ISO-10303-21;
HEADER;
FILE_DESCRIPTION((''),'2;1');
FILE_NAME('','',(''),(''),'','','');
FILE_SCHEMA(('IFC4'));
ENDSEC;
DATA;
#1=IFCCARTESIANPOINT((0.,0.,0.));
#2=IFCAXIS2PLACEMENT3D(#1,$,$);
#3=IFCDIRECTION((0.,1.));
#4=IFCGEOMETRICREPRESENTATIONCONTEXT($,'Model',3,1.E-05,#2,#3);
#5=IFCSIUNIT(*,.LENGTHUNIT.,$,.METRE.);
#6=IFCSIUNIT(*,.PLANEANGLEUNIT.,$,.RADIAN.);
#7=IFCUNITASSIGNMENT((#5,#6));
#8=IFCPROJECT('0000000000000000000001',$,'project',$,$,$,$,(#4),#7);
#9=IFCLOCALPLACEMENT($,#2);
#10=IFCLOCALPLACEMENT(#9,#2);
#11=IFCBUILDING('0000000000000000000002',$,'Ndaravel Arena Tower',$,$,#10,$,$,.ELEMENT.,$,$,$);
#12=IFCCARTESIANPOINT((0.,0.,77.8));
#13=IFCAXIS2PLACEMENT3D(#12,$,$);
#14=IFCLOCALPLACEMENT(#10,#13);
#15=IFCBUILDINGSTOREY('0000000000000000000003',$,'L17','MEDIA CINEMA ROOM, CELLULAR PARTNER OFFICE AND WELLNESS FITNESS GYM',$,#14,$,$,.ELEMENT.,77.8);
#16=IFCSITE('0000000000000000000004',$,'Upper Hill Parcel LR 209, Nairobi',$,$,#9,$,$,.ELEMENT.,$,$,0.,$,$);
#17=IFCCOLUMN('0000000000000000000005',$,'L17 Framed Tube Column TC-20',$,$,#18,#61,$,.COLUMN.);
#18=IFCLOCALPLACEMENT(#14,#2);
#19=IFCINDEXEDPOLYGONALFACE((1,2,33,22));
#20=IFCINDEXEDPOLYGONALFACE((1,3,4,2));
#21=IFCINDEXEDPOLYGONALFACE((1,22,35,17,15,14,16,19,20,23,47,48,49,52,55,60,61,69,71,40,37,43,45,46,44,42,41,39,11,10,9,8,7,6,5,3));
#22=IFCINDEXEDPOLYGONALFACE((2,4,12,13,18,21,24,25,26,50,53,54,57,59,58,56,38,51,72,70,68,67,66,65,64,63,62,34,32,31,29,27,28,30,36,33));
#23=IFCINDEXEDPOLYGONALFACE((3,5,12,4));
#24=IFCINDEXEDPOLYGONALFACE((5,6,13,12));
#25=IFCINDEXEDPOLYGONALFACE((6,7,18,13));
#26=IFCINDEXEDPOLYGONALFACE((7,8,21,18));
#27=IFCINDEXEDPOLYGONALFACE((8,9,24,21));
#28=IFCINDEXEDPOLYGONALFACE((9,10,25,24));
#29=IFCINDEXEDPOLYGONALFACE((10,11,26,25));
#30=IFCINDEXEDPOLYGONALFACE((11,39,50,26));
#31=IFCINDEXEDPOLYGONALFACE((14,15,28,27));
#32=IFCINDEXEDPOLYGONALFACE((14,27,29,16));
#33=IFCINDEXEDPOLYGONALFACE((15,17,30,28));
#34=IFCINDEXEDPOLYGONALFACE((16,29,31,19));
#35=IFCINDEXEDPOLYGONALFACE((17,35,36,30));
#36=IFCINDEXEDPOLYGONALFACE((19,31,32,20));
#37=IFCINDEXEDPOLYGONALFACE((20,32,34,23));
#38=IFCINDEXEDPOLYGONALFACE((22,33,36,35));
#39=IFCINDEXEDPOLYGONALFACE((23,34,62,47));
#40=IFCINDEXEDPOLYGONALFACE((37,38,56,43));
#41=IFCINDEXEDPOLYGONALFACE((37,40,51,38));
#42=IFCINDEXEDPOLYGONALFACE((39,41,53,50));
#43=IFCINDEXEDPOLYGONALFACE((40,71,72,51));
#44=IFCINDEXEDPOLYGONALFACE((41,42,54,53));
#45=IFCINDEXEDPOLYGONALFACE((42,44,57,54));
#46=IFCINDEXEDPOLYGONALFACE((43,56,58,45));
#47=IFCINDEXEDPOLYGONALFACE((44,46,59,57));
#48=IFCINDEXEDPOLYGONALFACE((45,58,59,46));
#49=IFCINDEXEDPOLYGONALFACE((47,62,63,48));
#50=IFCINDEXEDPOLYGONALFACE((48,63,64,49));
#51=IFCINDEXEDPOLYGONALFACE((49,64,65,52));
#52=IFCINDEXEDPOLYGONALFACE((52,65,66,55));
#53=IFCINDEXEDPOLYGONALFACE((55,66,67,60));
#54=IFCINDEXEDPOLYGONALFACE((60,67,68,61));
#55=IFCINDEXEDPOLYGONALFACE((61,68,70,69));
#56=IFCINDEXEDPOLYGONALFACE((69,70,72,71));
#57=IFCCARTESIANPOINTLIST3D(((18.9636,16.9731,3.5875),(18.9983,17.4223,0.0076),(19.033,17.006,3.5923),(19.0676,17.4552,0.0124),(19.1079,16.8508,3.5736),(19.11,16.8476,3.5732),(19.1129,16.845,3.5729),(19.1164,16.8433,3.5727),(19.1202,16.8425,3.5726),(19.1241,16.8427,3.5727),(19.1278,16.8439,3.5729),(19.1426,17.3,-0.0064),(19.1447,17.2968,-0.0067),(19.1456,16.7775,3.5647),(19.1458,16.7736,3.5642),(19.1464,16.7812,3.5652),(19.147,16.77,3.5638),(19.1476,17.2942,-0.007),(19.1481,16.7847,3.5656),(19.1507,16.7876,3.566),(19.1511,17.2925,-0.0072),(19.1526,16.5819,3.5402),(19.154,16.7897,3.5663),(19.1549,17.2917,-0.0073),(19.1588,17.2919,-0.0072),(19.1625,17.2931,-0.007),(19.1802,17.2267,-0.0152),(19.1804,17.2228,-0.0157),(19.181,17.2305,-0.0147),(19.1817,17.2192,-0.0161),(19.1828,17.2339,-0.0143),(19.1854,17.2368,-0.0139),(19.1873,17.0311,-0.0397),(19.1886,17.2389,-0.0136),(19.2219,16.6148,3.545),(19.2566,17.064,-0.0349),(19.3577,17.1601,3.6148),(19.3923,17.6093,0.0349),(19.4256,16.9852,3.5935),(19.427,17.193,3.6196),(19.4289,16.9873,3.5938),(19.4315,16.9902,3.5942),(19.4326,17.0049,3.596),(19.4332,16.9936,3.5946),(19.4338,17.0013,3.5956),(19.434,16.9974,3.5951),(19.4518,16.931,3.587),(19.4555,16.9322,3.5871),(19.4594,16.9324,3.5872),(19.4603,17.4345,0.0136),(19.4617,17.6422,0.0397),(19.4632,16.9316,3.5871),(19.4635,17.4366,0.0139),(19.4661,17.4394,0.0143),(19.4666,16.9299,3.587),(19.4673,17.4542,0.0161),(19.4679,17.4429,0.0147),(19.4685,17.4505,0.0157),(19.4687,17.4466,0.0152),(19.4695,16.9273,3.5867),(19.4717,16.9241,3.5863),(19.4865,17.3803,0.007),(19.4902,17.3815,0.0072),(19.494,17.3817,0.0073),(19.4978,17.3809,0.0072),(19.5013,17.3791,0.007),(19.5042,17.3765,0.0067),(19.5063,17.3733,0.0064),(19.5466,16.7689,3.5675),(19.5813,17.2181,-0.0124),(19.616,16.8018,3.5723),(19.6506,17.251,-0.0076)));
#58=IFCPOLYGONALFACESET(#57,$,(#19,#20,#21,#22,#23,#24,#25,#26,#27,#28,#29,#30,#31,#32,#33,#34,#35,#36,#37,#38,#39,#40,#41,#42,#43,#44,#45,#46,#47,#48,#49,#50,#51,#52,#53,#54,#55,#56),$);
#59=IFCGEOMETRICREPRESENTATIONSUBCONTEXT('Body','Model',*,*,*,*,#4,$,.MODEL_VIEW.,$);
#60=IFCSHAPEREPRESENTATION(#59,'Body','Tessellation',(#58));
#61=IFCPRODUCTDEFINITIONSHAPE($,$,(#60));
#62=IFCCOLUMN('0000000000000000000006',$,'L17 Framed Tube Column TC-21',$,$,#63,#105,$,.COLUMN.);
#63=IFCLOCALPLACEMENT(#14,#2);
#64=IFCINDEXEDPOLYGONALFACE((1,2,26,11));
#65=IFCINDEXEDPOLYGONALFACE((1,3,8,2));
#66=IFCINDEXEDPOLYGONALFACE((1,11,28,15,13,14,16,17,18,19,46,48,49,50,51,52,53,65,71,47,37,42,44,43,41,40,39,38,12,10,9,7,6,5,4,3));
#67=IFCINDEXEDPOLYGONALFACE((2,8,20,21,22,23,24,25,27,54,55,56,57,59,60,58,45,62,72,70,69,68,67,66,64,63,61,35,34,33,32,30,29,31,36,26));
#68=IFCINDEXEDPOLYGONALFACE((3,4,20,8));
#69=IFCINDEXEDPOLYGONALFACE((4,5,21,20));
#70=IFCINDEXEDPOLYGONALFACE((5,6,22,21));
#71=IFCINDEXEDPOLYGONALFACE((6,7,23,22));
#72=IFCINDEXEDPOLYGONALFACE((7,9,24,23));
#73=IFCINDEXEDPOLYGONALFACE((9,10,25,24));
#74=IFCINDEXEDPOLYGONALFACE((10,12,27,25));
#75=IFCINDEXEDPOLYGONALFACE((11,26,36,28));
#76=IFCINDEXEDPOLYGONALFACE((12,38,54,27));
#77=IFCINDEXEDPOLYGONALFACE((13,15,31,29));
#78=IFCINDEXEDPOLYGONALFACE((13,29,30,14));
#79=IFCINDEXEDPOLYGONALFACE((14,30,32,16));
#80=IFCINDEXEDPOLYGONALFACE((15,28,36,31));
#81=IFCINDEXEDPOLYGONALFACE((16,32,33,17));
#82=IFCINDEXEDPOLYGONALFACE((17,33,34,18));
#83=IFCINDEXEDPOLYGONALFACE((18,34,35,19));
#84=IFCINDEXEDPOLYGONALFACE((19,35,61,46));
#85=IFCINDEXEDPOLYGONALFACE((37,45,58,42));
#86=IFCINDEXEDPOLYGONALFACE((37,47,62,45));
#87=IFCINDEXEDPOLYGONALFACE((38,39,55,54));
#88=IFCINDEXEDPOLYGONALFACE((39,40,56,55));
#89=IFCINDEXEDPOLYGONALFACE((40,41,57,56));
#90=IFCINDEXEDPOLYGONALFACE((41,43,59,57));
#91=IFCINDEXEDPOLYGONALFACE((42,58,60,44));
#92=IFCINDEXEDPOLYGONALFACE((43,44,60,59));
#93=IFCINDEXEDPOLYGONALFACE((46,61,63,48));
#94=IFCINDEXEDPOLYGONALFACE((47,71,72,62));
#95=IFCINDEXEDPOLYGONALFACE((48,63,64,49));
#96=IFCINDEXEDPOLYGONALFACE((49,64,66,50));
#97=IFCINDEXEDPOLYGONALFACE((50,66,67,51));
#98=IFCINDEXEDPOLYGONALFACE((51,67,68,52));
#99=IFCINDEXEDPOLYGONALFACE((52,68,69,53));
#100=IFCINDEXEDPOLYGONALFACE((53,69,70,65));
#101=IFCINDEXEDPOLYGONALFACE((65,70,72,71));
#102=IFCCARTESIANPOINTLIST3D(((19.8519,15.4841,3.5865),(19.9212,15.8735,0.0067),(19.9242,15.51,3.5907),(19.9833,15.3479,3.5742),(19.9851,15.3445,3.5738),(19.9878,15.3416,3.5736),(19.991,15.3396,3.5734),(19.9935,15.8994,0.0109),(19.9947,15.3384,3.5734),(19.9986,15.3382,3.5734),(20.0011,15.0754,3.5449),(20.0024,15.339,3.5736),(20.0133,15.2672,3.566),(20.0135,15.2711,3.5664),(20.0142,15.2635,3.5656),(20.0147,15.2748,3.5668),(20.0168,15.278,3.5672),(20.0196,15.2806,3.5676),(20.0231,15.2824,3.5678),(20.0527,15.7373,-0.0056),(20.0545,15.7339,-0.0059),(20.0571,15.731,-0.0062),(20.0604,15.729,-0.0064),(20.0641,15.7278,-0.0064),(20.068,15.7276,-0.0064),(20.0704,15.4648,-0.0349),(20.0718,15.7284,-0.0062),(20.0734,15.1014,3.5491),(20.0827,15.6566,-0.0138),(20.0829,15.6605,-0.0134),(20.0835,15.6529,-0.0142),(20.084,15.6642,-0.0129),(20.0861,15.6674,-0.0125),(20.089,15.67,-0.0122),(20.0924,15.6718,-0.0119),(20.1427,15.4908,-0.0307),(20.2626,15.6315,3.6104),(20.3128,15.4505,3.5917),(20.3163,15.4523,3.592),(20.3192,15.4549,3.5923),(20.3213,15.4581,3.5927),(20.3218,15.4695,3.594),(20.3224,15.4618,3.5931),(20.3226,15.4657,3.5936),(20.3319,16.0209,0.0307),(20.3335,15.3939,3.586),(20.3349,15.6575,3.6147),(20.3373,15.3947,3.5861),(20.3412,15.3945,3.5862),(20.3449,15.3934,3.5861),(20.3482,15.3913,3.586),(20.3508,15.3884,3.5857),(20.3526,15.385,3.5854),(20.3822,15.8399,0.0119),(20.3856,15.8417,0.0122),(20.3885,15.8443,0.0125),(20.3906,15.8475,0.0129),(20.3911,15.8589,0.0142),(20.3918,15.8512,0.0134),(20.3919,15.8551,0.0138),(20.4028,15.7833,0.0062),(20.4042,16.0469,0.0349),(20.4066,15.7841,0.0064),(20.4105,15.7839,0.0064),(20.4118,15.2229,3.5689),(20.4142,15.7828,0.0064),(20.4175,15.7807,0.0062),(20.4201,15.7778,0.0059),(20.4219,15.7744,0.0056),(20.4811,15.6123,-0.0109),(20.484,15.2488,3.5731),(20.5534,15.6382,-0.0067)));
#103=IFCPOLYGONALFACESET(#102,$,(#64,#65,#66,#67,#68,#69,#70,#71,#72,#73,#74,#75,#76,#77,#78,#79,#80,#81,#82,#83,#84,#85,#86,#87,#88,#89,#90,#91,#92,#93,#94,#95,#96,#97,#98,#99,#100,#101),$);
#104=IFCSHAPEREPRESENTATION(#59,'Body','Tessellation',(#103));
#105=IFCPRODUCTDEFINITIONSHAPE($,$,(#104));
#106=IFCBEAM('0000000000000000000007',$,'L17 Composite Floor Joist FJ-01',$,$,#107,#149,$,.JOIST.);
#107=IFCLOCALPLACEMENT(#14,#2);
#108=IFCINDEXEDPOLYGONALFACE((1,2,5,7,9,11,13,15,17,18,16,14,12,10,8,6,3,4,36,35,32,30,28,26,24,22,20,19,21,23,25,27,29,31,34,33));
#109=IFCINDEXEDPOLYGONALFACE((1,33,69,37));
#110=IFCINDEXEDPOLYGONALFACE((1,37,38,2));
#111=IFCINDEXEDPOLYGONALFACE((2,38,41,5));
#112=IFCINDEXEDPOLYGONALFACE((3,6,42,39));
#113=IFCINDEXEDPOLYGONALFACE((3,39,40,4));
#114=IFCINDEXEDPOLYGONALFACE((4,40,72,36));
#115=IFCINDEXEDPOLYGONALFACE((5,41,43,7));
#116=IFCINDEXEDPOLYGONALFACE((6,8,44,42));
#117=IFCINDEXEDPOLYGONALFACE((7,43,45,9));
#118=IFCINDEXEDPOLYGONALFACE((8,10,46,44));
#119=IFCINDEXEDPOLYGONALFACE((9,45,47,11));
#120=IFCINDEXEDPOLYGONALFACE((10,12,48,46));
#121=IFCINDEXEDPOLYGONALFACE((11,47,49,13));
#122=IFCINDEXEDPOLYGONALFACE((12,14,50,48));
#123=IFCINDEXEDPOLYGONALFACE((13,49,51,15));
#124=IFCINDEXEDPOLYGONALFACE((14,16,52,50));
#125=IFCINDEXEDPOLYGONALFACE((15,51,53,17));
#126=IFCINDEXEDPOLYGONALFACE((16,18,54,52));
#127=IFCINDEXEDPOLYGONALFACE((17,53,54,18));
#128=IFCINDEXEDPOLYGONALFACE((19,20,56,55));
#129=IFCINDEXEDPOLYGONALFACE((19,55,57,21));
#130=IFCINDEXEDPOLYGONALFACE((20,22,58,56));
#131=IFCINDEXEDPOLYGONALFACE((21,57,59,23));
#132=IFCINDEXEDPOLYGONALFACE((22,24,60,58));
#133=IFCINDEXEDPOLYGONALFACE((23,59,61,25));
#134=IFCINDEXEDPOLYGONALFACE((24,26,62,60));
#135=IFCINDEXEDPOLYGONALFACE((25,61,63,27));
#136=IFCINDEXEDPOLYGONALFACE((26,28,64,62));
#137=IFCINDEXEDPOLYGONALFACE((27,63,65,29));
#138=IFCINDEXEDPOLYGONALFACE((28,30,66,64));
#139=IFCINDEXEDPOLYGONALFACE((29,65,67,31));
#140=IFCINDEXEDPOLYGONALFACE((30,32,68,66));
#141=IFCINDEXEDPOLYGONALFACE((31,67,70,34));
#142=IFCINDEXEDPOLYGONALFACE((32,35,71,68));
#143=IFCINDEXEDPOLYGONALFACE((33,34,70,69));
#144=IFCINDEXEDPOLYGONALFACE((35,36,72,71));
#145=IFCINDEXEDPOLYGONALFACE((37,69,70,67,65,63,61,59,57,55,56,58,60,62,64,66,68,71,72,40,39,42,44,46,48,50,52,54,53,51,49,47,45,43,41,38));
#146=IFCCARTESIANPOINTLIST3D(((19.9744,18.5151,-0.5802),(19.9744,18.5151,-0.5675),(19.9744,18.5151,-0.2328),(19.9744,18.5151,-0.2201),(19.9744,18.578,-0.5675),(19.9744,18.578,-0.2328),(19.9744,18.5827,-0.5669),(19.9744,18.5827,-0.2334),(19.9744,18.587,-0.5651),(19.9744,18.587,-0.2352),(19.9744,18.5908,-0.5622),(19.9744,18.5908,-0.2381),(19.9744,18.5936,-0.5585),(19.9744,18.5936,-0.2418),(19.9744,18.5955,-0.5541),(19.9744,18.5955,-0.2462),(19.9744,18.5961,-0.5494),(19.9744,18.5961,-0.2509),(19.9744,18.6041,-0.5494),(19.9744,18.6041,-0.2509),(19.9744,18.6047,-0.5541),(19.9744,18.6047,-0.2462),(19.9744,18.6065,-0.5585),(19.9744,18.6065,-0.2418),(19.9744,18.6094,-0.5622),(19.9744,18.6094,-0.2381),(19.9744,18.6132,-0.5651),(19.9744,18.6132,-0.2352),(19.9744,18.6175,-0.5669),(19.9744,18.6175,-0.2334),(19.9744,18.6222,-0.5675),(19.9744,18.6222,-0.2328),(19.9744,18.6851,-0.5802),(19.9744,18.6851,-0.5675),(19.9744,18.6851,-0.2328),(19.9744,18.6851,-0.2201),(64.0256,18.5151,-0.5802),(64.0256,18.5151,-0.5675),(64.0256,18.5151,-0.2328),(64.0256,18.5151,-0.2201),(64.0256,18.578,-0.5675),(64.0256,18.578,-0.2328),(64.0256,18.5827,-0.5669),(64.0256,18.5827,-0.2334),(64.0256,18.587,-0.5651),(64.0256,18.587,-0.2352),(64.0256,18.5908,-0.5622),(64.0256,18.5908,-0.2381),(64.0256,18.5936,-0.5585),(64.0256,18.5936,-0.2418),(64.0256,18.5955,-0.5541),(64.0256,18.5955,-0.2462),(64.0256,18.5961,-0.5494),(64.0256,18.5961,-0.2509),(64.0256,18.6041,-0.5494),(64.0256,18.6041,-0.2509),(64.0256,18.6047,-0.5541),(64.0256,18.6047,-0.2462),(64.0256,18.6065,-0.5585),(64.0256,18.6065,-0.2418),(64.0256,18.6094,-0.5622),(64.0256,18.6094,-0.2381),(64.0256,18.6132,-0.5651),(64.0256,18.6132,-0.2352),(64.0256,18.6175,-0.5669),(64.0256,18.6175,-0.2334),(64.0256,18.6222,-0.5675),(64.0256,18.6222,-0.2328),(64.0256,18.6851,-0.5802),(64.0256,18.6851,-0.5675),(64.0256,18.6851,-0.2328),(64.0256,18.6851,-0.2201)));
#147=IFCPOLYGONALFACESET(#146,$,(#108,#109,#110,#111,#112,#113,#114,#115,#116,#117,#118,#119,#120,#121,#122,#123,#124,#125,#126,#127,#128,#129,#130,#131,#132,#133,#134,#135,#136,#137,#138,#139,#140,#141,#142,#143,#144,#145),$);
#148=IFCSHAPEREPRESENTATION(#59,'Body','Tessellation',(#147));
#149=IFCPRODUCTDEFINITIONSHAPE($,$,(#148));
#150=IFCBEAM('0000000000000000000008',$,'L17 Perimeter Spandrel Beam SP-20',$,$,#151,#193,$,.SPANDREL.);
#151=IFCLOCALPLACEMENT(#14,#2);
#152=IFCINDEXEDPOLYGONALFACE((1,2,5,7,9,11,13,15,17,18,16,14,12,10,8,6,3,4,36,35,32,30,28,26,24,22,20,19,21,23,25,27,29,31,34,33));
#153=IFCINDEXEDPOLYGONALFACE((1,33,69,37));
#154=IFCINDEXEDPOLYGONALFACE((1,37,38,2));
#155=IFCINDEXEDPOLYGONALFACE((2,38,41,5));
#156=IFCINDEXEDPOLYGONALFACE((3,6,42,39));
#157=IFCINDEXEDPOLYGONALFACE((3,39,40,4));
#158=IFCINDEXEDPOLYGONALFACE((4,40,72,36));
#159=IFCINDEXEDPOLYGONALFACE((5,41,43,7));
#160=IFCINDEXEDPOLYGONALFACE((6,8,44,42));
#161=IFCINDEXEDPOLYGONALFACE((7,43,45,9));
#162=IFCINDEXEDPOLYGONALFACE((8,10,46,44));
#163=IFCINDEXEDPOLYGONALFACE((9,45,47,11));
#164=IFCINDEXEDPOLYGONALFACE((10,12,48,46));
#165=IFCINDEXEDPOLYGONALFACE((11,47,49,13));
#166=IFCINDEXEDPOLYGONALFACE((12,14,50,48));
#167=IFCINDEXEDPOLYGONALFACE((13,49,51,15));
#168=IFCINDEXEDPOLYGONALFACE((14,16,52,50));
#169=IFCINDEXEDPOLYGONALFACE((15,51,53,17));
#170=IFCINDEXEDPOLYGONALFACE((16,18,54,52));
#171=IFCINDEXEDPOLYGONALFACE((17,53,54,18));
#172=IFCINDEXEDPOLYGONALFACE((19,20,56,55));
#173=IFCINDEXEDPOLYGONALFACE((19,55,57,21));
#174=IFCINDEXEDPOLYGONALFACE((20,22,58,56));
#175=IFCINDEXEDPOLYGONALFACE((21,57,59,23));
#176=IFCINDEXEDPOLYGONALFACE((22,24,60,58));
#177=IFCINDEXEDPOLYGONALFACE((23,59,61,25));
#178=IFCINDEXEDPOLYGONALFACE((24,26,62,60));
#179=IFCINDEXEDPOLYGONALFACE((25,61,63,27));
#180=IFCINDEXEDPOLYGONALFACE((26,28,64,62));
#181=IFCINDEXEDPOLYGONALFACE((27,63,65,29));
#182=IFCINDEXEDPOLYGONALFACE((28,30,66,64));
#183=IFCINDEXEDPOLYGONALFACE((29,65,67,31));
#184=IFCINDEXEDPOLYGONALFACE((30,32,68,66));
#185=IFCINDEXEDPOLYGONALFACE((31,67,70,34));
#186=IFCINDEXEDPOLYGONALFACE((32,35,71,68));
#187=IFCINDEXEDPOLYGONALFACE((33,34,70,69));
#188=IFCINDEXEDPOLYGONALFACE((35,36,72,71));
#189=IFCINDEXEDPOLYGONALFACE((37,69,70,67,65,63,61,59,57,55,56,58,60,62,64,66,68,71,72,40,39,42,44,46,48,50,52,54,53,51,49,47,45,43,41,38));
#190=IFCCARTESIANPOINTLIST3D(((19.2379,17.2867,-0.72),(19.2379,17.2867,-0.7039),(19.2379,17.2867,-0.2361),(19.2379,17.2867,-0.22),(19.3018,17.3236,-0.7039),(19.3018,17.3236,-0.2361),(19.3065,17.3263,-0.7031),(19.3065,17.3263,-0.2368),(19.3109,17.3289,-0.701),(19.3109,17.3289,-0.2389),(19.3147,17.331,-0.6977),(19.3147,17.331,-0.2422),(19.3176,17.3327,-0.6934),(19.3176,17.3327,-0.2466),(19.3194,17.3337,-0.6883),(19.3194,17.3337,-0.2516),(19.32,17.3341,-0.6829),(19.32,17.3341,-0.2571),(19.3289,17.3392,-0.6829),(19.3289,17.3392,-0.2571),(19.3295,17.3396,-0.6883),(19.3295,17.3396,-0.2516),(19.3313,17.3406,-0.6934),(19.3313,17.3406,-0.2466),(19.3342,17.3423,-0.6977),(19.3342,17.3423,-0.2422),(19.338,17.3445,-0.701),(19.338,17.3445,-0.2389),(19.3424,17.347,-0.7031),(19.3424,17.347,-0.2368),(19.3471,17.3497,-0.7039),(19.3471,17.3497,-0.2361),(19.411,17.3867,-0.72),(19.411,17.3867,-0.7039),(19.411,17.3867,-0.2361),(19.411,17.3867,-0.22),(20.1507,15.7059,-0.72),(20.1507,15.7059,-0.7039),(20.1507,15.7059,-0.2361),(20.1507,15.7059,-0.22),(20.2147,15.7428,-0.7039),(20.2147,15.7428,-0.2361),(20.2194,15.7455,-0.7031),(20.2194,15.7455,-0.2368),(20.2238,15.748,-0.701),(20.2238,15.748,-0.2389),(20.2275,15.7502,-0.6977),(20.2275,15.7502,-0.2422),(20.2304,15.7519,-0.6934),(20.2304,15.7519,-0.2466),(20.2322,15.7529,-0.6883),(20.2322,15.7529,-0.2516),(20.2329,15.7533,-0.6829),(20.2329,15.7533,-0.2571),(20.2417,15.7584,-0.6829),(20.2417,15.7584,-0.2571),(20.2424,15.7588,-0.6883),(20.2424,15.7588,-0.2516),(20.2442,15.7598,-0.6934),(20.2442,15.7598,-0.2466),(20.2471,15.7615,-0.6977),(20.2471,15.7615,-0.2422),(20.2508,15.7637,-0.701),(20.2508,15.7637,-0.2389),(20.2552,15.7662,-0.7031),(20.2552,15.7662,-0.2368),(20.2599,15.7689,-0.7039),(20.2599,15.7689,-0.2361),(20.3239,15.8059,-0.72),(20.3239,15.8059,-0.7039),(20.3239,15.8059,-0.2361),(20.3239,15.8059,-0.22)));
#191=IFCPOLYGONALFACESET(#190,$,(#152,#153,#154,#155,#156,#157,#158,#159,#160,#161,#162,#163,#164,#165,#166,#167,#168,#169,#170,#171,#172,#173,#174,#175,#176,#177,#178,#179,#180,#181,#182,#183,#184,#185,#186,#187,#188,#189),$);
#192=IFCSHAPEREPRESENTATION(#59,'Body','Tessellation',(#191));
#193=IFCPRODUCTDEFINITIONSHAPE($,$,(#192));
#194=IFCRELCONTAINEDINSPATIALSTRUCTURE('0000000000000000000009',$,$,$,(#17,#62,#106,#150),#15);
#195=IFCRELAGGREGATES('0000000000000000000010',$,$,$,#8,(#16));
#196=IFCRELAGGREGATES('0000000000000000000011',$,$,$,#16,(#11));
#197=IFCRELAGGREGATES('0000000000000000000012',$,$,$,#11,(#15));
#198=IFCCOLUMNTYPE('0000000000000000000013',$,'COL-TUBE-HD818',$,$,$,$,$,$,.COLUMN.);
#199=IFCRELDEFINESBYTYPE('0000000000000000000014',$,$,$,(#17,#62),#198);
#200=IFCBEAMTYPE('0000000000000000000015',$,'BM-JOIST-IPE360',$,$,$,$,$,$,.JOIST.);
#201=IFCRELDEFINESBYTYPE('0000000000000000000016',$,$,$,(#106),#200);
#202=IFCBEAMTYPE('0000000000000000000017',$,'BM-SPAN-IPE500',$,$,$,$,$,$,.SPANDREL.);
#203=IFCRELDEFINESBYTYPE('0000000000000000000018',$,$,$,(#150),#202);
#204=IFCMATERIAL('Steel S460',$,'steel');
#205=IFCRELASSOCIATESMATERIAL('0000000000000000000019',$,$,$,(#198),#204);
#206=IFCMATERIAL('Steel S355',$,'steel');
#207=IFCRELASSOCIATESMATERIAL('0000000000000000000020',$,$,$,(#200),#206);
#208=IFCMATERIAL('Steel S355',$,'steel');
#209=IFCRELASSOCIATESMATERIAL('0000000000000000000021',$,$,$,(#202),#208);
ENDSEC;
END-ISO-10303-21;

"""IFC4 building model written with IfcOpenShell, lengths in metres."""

from ifc_helpers import new_model, si_unit, direction, frame, origin, origin_2d, place, context, subcontext, project, spatial, i_section, extrude, material, material_profile, profile_set, type_object, element, save


model = new_model("IFC4")

# Units and contexts
model_context = context("Model", 3, precision=1e-05, world=origin(), true_north=direction((0.0, 1.0)))
body_context = subcontext(model_context, "Body", "Model", "MODEL_VIEW")
ifc_project = project(units=[si_unit("LENGTHUNIT", "METRE"), si_unit("PLANEANGLEUNIT", "RADIAN")], contexts=[model_context])

# Site, building, storey
site_placement = place(None, origin())
site = spatial("IfcSite", under=ifc_project, at=site_placement, Name="Upper Hill Parcel LR 209, Nairobi", CompositionType="ELEMENT", RefElevation=0.0)
building_placement = place(site_placement, origin())
building = spatial("IfcBuilding", under=site, at=building_placement, Name="Ndaravel Arena Tower", CompositionType="ELEMENT")
storey_placement = place(building_placement, frame((0.0, 0.0, 77.8)))
storey = spatial("IfcBuildingStorey", under=building, at=storey_placement, Name="L17", Description="MEDIA CINEMA ROOM, CELLULAR PARTNER OFFICE AND WELLNESS FITNESS GYM", CompositionType="ELEMENT", Elevation=77.8)

# Columns
ifc_material_1 = material(Name="Steel S460", Category="steel")
ifc_material_profile_1 = material_profile(ifc_material_1, i_section(OverallWidth=0.437, OverallDepth=0.5139, WebThickness=0.0605, FlangeThickness=0.0769, FilletRadius=0.0149, at=origin_2d()), Name="HD 400x818")
ifc_profile_set_1 = profile_set([ifc_material_profile_1], Name="Steel S460")
column_type = type_object("IfcColumnType", Name="COL-TUBE-HD818", PredefinedType="COLUMN", material=ifc_profile_set_1)
column_1_placement = place(storey_placement, frame((19.3245, 17.3367, 0.0), z_axis=(-0.009608, -0.124504, 0.992173), x_axis=(-0.432403, 0.895172, 0.108144)))
element("IfcColumn", 1, at=column_1_placement, inside=storey, type_object=column_type, Name="L17 Framed Tube Column TC-20", PredefinedType="COLUMN", context=body_context, shape_type="SweptSolid", body=[
    extrude(i_section(OverallWidth=0.437, OverallDepth=0.5139, WebThickness=0.0605, FlangeThickness=0.0769, FilletRadius=0.0149, at=origin_2d()), origin(), (0.0, 0.0, 1.0), 3.6082),
])
column_2_placement = place(storey_placement, frame((20.2373, 15.7559, 0.0), z_axis=(-0.019251, -0.108119, 0.993952), x_axis=(-0.341362, 0.935108, 0.095107)))
element("IfcColumn", 2, at=column_2_placement, inside=storey, type_object=column_type, Name="L17 Framed Tube Column TC-21", PredefinedType="COLUMN", context=body_context, shape_type="SweptSolid", body=[
    extrude(i_section(OverallWidth=0.437, OverallDepth=0.5139, WebThickness=0.0605, FlangeThickness=0.0769, FilletRadius=0.0149, at=origin_2d()), origin(), (0.0, 0.0, 1.0), 3.6016),
])

# Beams
ifc_material_2 = material(Name="Steel S355", Category="steel")
ifc_material_profile_2 = material_profile(ifc_material_2, i_section(OverallWidth=0.1699, OverallDepth=0.3601, WebThickness=0.0081, FlangeThickness=0.0127, FilletRadius=0.0181, at=origin_2d()), Name="IPE 360")
ifc_profile_set_2 = profile_set([ifc_material_profile_2], Name="Steel S355")
beam_type_1 = type_object("IfcBeamType", Name="BM-JOIST-IPE360", PredefinedType="JOIST", material=ifc_profile_set_2)
beam_placement = place(storey_placement, frame((19.9744, 18.6001, -0.4001), z_axis=(1.0, 0.0, 0.0), x_axis=(0.0, 1.0, 0.0)))
element("IfcBeam", 3, at=beam_placement, inside=storey, type_object=beam_type_1, Name="L17 Composite Floor Joist FJ-01", PredefinedType="JOIST", context=body_context, shape_type="SweptSolid", body=[
    extrude(i_section(OverallWidth=0.1699, OverallDepth=0.3601, WebThickness=0.0081, FlangeThickness=0.0127, FilletRadius=0.0181, at=origin_2d()), origin(), (0.0, 0.0, 1.0), 44.0513),
])
ifc_material_3 = material(Name="Steel S355", Category="steel")
ifc_material_profile_3 = material_profile(ifc_material_3, i_section(OverallWidth=0.2, OverallDepth=0.5, WebThickness=0.0103, FlangeThickness=0.0161, FilletRadius=0.021, at=origin_2d()), Name="IPE 500")
ifc_profile_set_3 = profile_set([ifc_material_profile_3], Name="Steel S355")
beam_type_2 = type_object("IfcBeamType", Name="BM-SPAN-IPE500", PredefinedType="SPANDREL", material=ifc_profile_set_3)
for number, where, z_axis, x_axis, name in (
    (4, (19.3245, 17.3367, -0.47), (0.500066, -0.865987, 0.0), (0.865987, 0.500066, 0.0), "L17 Perimeter Spandrel Beam SP-20"),
):
    element("IfcBeam", number, at=place(storey_placement, frame(where, z_axis=z_axis, x_axis=x_axis)), inside=storey, type_object=beam_type_2, Name=name, PredefinedType="SPANDREL", context=body_context, shape_type="SweptSolid", body=[
        extrude(i_section(OverallWidth=0.2, OverallDepth=0.5, WebThickness=0.0103, FlangeThickness=0.0161, FilletRadius=0.021, at=origin_2d()), origin(), (0.0, 0.0, 1.0), 1.8254),
    ])

save(model, "model.ifc")
